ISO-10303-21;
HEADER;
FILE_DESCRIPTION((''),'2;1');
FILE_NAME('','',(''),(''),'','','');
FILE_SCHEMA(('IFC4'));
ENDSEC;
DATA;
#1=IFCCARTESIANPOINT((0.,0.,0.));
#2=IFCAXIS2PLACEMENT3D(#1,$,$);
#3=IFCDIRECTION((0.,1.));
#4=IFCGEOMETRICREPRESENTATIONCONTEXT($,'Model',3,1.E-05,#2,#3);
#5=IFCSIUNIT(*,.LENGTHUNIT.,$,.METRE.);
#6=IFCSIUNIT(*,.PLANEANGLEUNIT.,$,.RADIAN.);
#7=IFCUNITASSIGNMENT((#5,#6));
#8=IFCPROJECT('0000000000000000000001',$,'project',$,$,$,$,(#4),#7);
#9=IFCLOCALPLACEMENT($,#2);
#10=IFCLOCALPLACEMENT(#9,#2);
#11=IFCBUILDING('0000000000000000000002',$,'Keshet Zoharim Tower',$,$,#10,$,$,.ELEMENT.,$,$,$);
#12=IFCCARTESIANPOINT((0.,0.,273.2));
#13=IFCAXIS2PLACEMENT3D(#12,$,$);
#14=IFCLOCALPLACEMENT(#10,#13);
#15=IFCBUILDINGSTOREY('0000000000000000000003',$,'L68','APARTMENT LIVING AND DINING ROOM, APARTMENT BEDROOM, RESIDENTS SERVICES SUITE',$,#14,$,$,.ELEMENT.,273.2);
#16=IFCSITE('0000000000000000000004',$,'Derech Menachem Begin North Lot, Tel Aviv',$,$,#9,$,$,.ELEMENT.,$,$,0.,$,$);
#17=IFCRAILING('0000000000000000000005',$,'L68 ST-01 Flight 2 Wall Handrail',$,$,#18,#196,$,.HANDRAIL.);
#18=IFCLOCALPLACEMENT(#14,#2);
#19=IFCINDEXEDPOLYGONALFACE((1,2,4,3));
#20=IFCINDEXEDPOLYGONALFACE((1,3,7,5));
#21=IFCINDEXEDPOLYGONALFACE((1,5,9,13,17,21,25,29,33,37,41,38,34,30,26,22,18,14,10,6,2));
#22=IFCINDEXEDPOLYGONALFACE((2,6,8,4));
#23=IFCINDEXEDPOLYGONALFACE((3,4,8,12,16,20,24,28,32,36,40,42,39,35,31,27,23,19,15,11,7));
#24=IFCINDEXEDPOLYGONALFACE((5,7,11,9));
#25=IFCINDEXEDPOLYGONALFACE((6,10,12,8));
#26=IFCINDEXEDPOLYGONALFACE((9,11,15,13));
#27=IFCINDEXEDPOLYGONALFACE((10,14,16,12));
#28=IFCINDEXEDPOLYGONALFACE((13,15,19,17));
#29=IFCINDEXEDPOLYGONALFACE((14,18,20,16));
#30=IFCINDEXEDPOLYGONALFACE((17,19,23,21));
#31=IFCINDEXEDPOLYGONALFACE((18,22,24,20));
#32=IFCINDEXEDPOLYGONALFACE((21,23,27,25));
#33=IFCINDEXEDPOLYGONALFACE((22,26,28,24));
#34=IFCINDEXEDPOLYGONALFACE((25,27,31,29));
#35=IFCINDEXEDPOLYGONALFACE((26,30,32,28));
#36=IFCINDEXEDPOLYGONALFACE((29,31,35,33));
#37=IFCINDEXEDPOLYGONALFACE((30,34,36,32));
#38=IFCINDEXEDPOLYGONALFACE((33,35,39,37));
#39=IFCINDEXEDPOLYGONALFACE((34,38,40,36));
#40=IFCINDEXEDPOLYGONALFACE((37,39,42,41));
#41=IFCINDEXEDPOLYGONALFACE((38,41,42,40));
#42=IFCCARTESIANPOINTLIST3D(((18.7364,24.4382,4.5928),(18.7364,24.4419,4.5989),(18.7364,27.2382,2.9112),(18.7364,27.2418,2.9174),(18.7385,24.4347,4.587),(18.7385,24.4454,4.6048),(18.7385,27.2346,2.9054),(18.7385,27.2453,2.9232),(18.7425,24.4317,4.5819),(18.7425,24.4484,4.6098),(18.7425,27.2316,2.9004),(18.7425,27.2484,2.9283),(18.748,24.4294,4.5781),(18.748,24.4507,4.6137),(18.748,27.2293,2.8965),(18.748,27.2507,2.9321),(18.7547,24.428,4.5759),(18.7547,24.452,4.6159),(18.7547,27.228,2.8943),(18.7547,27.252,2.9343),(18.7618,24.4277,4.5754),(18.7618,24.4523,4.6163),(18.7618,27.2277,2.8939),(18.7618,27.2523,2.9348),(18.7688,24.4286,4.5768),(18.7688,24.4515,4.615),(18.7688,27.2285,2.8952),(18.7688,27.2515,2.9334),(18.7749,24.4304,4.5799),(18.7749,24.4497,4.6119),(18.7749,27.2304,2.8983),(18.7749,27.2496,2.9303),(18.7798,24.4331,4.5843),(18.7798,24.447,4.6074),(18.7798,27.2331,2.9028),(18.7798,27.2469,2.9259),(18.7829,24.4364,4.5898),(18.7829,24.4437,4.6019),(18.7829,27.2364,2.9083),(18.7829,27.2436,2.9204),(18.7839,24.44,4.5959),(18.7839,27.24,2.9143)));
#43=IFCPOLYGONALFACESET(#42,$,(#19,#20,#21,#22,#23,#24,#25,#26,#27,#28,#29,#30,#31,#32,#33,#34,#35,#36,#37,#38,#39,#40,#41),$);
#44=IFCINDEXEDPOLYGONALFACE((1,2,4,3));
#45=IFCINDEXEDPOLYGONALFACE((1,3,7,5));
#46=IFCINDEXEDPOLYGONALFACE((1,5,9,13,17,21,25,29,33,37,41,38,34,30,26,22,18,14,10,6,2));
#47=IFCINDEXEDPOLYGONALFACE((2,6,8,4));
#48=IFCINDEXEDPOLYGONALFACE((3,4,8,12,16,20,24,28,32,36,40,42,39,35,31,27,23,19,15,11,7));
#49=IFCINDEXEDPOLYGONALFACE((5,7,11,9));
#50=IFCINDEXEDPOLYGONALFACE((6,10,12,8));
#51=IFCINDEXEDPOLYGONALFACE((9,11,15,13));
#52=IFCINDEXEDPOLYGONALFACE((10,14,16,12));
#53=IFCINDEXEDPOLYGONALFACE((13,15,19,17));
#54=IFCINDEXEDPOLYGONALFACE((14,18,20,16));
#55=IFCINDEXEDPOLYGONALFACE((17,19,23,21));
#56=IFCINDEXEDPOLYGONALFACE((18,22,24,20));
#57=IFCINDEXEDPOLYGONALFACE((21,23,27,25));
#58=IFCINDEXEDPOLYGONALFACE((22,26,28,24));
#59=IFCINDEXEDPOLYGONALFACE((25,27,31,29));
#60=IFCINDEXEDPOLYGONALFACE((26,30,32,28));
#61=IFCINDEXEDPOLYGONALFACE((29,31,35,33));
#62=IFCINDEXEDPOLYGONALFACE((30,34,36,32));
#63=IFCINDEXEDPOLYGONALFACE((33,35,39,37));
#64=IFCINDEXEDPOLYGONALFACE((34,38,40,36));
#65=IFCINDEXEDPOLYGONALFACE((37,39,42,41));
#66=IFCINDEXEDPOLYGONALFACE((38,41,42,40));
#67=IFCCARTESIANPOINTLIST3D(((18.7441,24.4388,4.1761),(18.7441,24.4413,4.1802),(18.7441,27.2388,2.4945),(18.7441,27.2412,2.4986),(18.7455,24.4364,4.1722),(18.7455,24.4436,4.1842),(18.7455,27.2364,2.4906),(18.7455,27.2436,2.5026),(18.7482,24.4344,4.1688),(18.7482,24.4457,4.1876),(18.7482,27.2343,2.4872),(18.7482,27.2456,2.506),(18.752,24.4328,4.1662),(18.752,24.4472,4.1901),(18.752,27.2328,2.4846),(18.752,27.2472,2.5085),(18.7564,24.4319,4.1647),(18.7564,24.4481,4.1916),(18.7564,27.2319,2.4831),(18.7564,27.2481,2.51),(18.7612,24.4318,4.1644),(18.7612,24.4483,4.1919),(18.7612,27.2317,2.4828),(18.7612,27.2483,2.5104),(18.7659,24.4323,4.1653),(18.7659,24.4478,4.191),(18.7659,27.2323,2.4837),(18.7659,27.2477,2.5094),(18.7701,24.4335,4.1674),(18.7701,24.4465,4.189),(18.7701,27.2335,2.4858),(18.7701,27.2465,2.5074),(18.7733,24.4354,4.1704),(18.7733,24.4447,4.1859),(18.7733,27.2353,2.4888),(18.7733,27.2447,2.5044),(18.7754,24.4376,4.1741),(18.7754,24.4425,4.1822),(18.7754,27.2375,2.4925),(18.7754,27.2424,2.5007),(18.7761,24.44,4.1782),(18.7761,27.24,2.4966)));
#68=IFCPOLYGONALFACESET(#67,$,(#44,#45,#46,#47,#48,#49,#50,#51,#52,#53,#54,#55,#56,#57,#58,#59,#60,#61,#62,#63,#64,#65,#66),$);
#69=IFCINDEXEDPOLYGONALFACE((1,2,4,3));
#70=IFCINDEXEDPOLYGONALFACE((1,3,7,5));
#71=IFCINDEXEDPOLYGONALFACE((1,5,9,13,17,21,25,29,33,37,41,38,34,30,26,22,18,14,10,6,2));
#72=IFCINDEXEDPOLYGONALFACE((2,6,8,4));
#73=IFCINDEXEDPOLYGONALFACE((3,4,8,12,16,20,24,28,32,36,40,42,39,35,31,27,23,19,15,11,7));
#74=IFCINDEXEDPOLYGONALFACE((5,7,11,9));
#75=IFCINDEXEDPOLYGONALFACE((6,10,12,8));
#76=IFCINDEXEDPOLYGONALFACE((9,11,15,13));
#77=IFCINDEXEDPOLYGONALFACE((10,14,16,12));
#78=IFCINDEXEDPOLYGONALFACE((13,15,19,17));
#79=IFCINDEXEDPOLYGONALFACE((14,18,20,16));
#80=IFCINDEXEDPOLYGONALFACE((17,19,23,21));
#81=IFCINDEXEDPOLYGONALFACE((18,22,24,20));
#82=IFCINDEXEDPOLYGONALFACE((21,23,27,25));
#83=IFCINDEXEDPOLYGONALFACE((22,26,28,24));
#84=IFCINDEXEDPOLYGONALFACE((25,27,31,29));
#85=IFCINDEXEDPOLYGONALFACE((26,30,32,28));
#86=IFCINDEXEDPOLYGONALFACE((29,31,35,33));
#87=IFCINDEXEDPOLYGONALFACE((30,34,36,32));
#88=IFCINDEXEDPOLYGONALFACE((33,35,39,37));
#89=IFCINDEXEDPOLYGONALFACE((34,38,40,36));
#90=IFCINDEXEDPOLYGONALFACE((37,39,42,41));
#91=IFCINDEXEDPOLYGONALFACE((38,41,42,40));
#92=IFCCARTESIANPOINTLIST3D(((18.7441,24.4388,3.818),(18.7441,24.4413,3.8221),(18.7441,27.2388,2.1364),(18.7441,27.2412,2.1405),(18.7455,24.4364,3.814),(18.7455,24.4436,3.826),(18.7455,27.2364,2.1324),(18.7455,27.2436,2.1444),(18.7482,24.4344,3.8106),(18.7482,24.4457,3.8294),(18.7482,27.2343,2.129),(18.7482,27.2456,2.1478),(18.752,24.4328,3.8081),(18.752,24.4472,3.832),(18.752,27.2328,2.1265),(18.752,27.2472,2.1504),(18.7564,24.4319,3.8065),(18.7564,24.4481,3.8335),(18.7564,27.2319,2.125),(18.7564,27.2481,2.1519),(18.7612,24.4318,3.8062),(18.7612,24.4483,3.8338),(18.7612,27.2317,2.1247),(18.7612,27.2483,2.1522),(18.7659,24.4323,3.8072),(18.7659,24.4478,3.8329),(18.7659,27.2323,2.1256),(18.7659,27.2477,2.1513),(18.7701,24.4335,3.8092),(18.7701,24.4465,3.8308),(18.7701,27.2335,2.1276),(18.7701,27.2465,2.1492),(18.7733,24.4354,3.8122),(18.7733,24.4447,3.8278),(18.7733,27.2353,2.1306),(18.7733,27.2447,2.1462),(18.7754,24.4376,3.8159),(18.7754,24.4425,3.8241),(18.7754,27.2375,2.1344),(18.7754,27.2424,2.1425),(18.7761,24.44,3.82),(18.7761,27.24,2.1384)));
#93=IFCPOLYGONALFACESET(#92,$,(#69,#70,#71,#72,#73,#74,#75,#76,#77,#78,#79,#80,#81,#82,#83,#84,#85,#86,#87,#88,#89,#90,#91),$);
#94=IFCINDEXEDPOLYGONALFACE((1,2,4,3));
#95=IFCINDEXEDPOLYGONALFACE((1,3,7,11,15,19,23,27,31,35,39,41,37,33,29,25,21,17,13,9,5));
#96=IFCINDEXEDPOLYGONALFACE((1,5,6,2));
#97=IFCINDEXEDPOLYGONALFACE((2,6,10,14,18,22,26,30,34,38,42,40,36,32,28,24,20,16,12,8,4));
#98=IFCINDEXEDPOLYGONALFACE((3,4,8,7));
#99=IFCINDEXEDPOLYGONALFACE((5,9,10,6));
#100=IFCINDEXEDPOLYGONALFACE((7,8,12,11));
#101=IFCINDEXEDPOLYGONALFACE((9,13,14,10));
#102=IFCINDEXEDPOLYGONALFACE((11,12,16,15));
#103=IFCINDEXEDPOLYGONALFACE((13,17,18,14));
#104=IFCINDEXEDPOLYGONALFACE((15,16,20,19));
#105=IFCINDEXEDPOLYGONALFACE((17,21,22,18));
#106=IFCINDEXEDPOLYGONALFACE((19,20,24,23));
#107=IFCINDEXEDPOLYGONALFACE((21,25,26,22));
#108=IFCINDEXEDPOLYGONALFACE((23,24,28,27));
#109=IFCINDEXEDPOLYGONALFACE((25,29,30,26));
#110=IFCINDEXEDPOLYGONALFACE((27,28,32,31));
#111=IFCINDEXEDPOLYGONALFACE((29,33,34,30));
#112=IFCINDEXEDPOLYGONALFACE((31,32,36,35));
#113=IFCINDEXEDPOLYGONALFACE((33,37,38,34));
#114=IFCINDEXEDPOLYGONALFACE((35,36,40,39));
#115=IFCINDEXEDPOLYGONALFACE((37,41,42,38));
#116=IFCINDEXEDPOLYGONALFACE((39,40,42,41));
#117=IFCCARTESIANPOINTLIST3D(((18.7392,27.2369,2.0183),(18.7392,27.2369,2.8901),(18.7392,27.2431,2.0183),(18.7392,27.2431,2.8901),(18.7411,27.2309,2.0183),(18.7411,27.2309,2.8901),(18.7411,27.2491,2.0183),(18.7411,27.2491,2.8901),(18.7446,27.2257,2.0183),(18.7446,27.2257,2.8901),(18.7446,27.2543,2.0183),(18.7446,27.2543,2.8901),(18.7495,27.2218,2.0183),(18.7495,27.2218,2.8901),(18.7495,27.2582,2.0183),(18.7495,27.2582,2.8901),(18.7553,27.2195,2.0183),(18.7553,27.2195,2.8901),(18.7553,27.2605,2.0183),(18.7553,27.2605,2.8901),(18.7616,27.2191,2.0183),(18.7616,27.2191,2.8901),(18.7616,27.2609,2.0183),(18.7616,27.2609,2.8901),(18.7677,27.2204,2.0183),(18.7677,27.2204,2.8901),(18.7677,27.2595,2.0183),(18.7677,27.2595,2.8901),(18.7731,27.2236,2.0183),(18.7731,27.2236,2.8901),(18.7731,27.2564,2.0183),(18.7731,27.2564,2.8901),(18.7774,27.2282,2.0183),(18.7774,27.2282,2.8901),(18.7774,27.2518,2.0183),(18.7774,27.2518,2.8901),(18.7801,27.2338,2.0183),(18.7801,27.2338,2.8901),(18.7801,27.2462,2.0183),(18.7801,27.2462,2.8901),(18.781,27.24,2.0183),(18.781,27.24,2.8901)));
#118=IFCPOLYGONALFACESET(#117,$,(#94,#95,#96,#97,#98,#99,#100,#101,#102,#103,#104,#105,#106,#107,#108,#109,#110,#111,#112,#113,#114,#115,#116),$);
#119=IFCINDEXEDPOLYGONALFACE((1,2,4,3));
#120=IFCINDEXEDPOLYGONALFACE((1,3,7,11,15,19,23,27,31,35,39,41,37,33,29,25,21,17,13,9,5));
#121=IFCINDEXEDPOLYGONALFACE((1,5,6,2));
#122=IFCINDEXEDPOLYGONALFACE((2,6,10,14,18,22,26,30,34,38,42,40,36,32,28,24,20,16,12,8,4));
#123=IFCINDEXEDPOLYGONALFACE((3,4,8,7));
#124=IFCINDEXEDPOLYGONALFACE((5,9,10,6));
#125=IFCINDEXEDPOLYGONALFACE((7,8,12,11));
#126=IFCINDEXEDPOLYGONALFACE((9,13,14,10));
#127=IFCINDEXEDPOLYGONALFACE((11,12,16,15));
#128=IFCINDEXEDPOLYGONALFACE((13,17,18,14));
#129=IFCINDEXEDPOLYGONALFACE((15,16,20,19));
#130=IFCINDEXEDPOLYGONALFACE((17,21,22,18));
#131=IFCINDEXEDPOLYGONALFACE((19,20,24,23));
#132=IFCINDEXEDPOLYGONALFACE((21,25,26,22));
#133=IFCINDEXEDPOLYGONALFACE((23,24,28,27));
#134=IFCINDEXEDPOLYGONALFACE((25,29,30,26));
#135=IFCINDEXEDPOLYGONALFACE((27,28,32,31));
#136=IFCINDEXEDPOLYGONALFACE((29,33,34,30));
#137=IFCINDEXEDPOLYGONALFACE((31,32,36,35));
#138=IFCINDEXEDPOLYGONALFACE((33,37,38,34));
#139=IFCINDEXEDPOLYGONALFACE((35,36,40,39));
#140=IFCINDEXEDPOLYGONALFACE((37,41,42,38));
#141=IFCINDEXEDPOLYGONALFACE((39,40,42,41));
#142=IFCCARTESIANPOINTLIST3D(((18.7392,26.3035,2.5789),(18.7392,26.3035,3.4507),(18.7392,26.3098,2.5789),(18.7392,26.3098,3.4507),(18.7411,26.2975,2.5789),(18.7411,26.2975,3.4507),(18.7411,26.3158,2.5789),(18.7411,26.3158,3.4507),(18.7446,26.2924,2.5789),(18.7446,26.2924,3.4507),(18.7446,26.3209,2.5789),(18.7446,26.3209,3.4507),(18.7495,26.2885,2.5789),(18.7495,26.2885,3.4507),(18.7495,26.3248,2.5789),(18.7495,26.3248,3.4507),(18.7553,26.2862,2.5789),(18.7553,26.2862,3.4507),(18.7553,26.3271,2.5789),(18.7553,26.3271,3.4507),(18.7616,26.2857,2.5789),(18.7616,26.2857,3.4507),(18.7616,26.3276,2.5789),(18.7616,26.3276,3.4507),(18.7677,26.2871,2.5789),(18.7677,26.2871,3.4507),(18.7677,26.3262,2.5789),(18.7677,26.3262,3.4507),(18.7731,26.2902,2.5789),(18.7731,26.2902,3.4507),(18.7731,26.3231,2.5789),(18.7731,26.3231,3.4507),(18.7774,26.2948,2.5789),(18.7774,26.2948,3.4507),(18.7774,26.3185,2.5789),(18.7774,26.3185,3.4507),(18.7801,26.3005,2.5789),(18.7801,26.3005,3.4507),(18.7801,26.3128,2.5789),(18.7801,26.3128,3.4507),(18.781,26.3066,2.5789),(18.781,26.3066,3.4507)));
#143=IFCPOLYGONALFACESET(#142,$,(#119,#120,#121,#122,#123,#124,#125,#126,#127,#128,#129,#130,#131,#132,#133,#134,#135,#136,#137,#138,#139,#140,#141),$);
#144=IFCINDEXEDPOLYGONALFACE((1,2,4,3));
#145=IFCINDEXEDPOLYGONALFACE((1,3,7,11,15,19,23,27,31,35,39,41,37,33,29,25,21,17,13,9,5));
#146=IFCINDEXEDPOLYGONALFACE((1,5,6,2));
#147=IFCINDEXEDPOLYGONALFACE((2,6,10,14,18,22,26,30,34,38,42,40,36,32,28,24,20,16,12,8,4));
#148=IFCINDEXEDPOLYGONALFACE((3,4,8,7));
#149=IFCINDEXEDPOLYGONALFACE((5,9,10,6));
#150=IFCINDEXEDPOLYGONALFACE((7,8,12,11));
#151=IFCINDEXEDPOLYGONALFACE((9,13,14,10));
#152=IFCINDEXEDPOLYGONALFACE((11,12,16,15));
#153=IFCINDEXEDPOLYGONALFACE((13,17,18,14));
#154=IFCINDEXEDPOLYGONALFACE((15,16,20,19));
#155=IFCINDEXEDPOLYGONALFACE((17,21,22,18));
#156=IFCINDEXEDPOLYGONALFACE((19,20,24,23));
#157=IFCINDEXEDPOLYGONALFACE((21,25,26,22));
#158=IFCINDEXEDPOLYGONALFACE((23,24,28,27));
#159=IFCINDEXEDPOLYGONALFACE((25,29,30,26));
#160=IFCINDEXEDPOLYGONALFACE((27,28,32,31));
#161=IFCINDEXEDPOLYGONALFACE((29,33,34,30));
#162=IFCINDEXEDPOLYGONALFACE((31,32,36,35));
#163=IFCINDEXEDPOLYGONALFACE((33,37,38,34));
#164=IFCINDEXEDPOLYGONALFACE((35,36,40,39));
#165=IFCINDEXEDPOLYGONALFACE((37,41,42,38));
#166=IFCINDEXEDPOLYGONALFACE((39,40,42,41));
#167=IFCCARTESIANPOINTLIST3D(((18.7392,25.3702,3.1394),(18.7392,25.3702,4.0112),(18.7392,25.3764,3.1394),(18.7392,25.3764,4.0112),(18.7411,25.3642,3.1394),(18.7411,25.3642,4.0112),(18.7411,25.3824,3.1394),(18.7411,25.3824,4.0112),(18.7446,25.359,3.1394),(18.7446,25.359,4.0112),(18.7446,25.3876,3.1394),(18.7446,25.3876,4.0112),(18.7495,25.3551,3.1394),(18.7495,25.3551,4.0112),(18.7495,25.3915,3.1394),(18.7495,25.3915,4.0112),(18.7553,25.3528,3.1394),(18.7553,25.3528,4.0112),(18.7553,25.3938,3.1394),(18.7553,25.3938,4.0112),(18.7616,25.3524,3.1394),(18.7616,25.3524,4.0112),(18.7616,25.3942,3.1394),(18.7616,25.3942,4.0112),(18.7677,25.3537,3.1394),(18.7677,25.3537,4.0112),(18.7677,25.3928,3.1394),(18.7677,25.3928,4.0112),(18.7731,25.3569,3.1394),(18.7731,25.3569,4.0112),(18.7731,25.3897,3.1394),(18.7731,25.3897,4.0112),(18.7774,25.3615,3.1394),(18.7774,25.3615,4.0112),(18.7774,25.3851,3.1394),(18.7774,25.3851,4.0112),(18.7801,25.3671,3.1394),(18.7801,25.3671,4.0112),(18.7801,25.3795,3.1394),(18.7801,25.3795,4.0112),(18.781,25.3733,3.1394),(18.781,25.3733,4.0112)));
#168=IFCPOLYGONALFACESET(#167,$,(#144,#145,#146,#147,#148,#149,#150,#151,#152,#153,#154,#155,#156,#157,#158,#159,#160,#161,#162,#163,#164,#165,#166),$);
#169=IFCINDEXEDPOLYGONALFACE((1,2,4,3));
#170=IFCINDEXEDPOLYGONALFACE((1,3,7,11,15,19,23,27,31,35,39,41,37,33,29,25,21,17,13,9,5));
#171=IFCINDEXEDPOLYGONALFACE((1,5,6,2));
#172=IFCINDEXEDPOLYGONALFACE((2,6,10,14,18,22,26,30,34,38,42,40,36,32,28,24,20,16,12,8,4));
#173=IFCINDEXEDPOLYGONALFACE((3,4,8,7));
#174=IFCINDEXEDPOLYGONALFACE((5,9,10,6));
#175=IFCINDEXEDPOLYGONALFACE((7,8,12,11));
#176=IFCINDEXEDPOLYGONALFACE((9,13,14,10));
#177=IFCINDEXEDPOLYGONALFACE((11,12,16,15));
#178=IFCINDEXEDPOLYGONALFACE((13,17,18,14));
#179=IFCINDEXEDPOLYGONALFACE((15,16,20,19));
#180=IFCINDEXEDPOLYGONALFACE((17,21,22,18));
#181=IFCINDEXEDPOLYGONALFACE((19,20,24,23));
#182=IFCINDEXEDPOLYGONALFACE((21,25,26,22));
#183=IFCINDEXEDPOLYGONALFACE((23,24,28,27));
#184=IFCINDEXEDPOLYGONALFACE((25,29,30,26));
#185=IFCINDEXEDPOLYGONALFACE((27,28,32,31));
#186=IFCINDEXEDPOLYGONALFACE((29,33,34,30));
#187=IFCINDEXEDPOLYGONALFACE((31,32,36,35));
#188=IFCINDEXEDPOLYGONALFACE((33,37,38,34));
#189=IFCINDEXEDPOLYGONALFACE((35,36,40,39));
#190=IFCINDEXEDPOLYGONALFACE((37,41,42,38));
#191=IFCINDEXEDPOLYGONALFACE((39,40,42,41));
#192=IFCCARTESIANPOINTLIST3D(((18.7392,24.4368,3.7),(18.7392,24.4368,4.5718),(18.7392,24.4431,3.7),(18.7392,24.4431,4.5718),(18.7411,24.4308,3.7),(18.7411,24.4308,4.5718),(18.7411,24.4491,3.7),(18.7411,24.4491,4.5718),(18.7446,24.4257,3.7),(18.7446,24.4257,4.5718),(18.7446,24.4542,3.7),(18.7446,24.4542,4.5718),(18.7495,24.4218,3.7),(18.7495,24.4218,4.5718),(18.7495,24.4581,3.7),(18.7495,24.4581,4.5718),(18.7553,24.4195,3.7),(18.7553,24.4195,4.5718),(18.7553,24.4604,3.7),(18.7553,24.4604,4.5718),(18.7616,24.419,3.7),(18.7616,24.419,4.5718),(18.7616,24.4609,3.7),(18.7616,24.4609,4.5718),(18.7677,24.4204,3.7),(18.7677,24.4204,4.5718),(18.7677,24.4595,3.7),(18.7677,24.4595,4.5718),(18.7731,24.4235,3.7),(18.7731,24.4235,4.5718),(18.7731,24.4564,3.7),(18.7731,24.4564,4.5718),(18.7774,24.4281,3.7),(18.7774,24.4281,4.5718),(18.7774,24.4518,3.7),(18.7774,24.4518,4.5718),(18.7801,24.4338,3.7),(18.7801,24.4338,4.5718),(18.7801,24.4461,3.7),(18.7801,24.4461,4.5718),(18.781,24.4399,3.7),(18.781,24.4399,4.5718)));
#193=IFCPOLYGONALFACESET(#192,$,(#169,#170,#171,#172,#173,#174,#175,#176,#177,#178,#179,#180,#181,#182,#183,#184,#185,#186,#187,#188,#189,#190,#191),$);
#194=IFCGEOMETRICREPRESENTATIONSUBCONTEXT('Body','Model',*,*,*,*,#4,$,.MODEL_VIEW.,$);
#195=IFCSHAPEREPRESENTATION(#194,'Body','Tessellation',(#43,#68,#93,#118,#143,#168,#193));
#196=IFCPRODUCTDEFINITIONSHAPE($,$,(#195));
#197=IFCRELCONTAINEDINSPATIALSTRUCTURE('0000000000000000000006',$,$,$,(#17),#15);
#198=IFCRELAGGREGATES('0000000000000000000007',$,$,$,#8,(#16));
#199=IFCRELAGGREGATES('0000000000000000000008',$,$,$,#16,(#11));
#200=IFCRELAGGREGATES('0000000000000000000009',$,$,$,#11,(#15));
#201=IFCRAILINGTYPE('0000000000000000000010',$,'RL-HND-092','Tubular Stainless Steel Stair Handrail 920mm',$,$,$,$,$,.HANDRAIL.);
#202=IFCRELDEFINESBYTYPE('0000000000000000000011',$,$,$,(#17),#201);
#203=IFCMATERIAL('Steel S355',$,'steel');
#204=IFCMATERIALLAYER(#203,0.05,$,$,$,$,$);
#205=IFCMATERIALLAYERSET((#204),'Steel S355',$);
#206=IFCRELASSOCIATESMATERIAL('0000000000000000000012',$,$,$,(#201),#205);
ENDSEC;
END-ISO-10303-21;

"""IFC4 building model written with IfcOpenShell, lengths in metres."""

from ifc_helpers import new_model, si_unit, direction, frame, origin, origin_2d, place, context, subcontext, project, spatial, circle, extrude, material, layer, layer_set, type_object, element, save


model = new_model("IFC4")

# Units and contexts
model_context = context("Model", 3, precision=1e-05, world=origin(), true_north=direction((0.0, 1.0)))
body_context = subcontext(model_context, "Body", "Model", "MODEL_VIEW")
ifc_project = project(units=[si_unit("LENGTHUNIT", "METRE"), si_unit("PLANEANGLEUNIT", "RADIAN")], contexts=[model_context])

# Site, building, storey
site_placement = place(None, origin())
site = spatial("IfcSite", under=ifc_project, at=site_placement, Name="Derech Menachem Begin North Lot, Tel Aviv", CompositionType="ELEMENT", RefElevation=0.0)
building_placement = place(site_placement, origin())
building = spatial("IfcBuilding", under=site, at=building_placement, Name="Keshet Zoharim Tower", CompositionType="ELEMENT")
storey_placement = place(building_placement, frame((0.0, 0.0, 273.2)))
storey = spatial("IfcBuildingStorey", under=building, at=storey_placement, Name="L68", Description="APARTMENT LIVING AND DINING ROOM, APARTMENT BEDROOM, RESIDENTS SERVICES SUITE", CompositionType="ELEMENT", Elevation=273.2)

# Shared definitions
ifc_material_1 = material(Name="Steel S355", Category="steel")

# Railing
ifc_layer_1 = layer(ifc_material_1, 0.05)
ifc_layer_set_1 = layer_set([ifc_layer_1], Name="Steel S355")
railing_type_1 = type_object("IfcRailingType", Name="RL-HND-092", Description="Tubular Stainless Steel Stair Handrail 920mm", PredefinedType="HANDRAIL", material=ifc_layer_set_1)
railing_1_placement = place(storey_placement, frame((18.76, 27.24, 2.0183)))
element("IfcRailing", 1, at=railing_1_placement, inside=storey, type_object=railing_type_1, Name="L68 ST-01 Flight 2 Wall Handrail", PredefinedType="HANDRAIL", context=body_context, shape_type="SweptSolid", body=[
    extrude(circle(Radius=0.0239, at=origin_2d()), frame((0.0, 0.0, 0.896), z_axis=(0.0, -0.857275, 0.514858), x_axis=(1.0, 0.0, 0.0)), (0.0, 0.0, 1.0), 3.2661),
    extrude(circle(Radius=0.0161, at=origin_2d()), frame((0.0, 0.0, 0.4783), z_axis=(0.0, -0.857275, 0.514858), x_axis=(1.0, 0.0, 0.0)), (0.0, 0.0, 1.0), 3.2661),
    extrude(circle(Radius=0.0161, at=origin_2d()), frame((0.0, 0.0, 0.1201), z_axis=(0.0, -0.857275, 0.514858), x_axis=(1.0, 0.0, 0.0)), (0.0, 0.0, 1.0), 3.2661),
    extrude(circle(Radius=0.021, at=origin_2d()), origin(), (0.0, 0.0, 1.0), 0.8718),
    extrude(circle(Radius=0.021, at=origin_2d()), frame((0.0, -0.9333, 0.5605)), (0.0, 0.0, 1.0), 0.8718),
    extrude(circle(Radius=0.021, at=origin_2d()), frame((0.0, -1.8667, 1.1211)), (0.0, 0.0, 1.0), 0.8718),
    extrude(circle(Radius=0.021, at=origin_2d()), frame((0.0, -2.8, 1.6816)), (0.0, 0.0, 1.0), 0.8718),
])

save(model, "model.ifc")
